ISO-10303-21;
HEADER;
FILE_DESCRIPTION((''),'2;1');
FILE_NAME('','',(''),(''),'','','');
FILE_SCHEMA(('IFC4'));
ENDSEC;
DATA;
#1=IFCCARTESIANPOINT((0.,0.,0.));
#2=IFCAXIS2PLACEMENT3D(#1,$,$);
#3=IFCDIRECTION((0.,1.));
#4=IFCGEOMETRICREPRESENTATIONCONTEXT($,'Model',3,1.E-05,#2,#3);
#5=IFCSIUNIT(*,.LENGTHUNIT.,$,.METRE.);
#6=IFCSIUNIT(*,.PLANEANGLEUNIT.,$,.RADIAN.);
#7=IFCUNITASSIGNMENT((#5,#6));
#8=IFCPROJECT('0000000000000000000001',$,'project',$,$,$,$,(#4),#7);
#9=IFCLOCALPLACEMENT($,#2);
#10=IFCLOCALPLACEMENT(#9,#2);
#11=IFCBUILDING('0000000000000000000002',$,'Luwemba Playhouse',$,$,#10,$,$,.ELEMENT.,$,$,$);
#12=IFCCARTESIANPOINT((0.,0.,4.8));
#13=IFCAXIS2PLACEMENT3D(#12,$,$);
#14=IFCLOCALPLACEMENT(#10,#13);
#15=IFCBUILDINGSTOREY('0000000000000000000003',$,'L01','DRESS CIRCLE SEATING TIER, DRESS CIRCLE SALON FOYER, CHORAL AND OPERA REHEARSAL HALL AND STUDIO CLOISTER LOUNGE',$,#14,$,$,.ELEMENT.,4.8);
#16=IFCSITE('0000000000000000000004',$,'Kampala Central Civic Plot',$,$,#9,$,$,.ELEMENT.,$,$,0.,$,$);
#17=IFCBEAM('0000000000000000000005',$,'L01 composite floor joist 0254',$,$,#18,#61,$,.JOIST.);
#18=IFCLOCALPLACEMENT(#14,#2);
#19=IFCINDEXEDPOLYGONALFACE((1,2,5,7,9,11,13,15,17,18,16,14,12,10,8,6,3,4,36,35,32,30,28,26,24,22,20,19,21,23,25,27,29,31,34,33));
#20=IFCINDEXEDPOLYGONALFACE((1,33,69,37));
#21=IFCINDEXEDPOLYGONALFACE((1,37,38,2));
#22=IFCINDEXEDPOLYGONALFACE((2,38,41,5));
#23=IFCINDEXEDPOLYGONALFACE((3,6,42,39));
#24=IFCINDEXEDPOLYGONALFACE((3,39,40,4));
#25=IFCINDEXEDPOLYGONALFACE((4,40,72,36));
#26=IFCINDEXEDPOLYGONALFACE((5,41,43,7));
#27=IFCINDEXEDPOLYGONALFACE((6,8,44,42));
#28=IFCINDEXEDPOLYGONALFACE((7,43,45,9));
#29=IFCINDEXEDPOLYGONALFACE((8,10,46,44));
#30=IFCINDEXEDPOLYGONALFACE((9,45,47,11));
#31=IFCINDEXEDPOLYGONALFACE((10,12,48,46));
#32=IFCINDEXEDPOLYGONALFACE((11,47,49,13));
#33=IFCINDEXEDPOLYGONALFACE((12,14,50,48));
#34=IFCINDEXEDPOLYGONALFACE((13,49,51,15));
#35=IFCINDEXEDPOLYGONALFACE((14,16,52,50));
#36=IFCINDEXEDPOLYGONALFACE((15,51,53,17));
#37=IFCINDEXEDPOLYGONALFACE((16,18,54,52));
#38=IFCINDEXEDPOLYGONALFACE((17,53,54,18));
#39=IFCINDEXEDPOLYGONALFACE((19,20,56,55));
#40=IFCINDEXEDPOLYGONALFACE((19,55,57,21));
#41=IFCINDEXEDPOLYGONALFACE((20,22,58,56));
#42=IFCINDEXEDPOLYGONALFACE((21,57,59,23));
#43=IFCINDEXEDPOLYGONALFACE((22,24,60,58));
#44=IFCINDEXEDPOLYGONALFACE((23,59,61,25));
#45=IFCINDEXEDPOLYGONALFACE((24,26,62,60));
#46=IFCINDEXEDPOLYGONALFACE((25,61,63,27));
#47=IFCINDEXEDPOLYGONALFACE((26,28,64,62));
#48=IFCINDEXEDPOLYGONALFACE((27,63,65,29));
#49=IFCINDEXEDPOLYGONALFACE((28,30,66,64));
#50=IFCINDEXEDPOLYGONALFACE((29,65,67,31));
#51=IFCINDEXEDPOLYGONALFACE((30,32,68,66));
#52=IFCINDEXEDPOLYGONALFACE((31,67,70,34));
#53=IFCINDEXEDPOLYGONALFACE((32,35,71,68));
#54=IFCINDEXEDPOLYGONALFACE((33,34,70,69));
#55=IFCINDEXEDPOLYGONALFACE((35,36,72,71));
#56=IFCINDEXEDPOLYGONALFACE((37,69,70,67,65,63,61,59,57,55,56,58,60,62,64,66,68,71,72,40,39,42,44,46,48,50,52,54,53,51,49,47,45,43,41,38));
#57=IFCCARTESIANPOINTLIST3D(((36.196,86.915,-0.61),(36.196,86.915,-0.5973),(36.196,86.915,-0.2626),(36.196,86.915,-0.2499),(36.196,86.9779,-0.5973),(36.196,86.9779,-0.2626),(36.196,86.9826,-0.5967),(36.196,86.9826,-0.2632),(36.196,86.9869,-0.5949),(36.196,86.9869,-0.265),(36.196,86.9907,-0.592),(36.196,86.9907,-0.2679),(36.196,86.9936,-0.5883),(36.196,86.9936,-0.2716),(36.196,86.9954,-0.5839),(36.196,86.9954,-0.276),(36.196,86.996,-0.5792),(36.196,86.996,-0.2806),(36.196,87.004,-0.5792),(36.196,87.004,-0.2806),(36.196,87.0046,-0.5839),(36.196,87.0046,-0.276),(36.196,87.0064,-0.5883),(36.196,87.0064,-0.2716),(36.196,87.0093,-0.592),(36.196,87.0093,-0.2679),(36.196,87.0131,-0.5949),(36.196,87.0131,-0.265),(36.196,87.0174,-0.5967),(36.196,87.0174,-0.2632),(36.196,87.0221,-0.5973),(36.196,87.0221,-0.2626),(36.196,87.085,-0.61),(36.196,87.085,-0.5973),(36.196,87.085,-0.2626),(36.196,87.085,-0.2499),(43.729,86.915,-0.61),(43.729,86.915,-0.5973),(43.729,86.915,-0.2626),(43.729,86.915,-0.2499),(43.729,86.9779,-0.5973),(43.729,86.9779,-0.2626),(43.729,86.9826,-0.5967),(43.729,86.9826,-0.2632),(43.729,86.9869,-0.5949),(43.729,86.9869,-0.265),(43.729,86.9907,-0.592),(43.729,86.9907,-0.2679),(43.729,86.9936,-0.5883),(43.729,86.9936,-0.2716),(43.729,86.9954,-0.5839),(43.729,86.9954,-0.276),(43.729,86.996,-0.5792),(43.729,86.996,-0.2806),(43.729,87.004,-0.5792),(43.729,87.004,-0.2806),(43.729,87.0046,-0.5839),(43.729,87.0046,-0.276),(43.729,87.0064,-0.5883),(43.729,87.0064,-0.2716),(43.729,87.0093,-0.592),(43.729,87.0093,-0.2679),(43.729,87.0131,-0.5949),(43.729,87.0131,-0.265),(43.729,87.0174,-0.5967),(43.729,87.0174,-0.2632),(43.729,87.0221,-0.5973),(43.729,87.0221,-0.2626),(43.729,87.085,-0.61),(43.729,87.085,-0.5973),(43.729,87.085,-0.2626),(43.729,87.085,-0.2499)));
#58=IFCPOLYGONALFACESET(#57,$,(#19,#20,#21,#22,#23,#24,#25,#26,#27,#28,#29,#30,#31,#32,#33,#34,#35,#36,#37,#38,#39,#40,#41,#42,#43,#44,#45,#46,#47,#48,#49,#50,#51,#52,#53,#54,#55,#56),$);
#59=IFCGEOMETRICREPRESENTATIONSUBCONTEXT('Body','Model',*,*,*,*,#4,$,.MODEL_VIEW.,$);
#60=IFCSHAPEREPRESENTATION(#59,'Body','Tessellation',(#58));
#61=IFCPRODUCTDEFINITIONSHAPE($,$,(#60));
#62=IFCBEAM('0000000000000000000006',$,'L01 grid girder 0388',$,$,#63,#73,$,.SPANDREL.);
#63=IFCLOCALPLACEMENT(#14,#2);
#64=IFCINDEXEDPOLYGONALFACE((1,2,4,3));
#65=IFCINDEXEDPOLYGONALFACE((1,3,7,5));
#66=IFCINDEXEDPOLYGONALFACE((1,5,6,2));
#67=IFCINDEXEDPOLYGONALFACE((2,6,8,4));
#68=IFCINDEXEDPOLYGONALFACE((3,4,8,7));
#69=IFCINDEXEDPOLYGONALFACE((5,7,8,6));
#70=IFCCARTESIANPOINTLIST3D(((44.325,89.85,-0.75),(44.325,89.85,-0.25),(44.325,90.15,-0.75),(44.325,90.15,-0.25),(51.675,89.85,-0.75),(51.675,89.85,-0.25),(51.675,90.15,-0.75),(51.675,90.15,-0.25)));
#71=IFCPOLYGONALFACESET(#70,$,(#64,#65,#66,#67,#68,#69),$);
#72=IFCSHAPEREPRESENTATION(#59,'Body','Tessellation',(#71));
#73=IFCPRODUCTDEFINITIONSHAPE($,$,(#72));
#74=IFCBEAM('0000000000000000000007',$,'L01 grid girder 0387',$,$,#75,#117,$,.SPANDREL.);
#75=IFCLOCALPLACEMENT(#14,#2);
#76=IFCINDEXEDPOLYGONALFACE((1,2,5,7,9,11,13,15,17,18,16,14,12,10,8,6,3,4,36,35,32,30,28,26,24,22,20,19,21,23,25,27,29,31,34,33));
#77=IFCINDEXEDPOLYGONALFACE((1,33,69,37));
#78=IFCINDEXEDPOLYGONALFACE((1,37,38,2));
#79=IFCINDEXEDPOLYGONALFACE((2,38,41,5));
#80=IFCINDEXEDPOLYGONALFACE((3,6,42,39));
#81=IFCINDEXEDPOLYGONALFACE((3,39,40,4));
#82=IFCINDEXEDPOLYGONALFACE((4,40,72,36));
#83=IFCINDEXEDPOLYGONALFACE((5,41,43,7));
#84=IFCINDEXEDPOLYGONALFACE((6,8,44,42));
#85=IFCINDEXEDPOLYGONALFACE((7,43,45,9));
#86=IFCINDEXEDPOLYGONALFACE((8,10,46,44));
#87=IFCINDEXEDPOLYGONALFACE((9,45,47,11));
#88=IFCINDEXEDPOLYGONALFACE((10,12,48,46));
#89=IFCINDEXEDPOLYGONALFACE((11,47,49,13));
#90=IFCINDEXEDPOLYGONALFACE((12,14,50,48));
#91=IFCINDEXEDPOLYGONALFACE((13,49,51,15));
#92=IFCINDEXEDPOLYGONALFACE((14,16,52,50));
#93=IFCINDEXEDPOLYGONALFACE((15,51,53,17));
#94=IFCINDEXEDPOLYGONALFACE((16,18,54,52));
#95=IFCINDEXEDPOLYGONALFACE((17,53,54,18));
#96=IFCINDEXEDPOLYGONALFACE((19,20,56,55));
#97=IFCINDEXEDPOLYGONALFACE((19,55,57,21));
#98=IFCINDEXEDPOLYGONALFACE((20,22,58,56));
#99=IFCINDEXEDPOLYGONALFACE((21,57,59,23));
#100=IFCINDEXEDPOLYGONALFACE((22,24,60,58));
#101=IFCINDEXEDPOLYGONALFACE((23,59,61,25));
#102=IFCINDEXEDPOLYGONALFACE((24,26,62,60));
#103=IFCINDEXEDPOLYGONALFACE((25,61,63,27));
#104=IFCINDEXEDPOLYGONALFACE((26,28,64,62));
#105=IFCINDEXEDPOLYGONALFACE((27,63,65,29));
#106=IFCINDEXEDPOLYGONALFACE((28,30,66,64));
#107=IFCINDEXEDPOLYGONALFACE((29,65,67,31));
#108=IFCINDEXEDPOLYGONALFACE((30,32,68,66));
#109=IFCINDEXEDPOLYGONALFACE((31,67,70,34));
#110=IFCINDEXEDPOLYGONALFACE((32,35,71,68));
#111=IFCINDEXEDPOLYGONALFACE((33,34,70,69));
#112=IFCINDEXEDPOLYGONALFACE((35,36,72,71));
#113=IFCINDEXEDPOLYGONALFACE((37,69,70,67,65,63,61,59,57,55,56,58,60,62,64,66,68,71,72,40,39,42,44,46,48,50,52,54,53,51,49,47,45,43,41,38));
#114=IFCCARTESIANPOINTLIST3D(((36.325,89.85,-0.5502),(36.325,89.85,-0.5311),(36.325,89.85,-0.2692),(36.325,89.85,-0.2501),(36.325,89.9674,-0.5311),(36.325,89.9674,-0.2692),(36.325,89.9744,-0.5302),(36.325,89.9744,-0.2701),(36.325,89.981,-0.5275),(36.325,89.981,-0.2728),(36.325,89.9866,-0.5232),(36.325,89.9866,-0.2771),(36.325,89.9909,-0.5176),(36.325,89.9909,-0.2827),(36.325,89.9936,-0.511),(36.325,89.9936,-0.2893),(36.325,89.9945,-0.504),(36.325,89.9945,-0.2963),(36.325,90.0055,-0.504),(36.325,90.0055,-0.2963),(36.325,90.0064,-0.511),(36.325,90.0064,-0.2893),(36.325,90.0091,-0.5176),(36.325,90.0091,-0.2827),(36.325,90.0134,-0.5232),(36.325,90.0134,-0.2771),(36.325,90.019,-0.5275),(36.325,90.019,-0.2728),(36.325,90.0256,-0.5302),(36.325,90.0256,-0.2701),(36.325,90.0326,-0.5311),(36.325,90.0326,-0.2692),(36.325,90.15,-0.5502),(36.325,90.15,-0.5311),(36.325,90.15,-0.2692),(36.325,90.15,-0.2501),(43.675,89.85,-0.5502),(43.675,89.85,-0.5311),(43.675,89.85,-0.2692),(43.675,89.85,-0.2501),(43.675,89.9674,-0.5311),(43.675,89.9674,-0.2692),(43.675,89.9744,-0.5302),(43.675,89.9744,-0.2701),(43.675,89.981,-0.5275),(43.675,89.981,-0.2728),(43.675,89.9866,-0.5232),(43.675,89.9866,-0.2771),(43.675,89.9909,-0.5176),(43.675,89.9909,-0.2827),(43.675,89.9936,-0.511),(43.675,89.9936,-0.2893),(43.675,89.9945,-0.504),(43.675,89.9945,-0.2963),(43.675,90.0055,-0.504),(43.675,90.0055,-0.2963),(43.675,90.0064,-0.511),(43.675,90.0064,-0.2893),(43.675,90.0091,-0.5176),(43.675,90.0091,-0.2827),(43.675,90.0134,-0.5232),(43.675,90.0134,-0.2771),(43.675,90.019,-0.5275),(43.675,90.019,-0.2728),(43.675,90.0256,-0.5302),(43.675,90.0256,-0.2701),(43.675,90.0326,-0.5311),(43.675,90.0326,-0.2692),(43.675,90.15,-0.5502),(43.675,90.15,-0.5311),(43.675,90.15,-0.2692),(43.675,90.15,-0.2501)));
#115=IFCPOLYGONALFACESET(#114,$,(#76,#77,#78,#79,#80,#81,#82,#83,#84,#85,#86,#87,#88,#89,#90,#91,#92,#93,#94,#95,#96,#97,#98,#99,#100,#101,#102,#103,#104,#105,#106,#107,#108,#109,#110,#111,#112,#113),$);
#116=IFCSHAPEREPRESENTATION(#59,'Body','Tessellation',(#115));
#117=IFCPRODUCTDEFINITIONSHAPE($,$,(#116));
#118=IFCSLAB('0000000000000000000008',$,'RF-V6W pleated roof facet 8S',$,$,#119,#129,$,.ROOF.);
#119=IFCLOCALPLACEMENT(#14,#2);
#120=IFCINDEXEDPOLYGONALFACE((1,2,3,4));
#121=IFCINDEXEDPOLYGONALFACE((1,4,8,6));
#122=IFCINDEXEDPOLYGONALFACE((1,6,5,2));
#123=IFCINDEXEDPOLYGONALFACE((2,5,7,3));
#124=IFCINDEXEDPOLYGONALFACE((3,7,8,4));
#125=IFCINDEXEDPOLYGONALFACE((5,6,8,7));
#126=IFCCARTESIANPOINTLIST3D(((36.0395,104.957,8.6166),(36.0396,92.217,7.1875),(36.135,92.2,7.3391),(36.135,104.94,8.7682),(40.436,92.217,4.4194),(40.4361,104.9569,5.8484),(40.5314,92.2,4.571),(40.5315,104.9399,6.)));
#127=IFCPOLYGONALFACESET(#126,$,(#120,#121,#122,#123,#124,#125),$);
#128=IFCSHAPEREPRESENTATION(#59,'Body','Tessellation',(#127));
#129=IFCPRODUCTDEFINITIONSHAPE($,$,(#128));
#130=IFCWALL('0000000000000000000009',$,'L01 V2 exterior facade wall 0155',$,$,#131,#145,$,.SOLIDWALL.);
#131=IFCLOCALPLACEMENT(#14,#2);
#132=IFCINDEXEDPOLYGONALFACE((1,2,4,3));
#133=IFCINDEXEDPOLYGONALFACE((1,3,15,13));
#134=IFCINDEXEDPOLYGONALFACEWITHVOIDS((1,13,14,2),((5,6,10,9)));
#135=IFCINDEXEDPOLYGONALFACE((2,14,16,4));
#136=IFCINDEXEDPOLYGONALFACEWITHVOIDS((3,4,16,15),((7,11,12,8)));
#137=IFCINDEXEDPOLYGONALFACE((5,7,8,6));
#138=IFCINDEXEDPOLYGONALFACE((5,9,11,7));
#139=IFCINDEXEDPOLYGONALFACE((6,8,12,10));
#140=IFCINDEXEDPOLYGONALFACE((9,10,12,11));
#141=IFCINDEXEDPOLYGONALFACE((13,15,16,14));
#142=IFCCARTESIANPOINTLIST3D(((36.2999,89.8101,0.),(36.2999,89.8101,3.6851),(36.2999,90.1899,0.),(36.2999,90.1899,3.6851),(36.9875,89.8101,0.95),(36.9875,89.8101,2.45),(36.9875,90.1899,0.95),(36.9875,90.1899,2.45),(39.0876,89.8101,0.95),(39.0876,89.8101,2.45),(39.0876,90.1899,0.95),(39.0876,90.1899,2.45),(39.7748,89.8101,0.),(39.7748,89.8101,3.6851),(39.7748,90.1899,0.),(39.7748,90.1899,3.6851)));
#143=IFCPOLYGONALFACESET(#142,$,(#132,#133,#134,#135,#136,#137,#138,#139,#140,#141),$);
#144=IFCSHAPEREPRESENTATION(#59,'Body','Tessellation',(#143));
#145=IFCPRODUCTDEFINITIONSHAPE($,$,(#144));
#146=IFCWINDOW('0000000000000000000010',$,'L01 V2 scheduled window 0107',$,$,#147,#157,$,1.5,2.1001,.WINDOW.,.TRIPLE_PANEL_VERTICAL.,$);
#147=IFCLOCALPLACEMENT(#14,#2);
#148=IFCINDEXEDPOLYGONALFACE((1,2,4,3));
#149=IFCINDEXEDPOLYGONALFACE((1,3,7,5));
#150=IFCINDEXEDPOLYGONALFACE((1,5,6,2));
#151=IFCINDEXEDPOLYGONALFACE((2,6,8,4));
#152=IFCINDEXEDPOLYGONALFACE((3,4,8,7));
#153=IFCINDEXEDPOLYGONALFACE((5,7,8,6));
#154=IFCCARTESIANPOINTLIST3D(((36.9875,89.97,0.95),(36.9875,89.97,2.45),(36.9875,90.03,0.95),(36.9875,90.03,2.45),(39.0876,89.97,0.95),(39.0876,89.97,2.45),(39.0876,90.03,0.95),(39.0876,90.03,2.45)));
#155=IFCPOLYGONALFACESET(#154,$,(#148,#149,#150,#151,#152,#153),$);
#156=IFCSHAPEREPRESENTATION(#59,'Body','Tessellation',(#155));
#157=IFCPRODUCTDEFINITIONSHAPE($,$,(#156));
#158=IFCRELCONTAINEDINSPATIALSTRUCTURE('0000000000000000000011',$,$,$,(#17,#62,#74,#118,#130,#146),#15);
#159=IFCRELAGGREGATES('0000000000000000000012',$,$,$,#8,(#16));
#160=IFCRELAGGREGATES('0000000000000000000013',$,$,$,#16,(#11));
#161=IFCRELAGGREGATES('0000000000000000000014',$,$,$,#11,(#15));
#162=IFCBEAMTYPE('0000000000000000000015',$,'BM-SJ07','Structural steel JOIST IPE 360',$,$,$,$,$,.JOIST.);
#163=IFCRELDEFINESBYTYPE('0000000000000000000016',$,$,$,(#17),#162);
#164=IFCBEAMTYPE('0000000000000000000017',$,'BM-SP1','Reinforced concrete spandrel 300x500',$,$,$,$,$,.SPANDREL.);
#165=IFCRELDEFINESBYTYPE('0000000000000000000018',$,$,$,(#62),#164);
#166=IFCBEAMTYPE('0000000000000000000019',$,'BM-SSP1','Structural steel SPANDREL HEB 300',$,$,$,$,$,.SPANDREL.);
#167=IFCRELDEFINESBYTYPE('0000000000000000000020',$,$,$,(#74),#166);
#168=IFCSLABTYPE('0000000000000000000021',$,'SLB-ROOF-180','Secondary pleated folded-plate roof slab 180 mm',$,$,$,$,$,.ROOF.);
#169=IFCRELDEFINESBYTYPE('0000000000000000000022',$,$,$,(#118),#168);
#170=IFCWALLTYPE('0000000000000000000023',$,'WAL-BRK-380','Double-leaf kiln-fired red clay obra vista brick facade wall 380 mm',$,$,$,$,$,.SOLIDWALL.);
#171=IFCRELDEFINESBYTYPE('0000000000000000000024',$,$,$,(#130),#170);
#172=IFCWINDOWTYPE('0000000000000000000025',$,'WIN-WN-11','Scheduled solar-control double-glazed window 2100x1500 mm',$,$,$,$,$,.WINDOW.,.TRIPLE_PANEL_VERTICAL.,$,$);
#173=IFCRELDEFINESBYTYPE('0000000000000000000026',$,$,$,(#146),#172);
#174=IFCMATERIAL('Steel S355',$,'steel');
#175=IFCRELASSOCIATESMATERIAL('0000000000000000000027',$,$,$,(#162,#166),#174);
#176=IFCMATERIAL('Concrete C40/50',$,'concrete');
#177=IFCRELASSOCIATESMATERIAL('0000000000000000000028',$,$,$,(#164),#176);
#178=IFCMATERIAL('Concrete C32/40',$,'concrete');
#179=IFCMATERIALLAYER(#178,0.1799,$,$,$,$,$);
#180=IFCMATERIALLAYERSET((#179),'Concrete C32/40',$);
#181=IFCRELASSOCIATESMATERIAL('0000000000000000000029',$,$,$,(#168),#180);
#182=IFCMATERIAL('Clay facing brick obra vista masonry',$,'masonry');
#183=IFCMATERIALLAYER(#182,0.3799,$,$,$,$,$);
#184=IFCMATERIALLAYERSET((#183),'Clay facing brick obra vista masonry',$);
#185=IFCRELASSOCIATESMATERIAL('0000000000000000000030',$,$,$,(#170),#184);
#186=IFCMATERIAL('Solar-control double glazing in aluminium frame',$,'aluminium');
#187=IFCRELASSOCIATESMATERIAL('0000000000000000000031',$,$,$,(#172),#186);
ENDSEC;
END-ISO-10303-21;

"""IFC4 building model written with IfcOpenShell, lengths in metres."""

from ifc_helpers import new_model, si_unit, direction, frame, frame_2d, origin, origin_2d, place, context, subcontext, project, spatial, polyline, rectangle, i_section, outline, extrude, material, layer, layer_set, material_profile, profile_set, type_object, element, fill, save


model = new_model("IFC4")

# Units and contexts
model_context = context("Model", 3, precision=1e-05, world=origin(), true_north=direction((0.0, 1.0)))
body_context = subcontext(model_context, "Body", "Model", "MODEL_VIEW")
ifc_project = project(units=[si_unit("LENGTHUNIT", "METRE"), si_unit("PLANEANGLEUNIT", "RADIAN")], contexts=[model_context])

# Site, building, storey
site_placement = place(None, origin())
site = spatial("IfcSite", under=ifc_project, at=site_placement, Name="Kampala Central Civic Plot", CompositionType="ELEMENT", RefElevation=0.0)
building_placement = place(site_placement, origin())
building = spatial("IfcBuilding", under=site, at=building_placement, Name="Luwemba Playhouse", CompositionType="ELEMENT")
storey_placement = place(building_placement, frame((0.0, 0.0, 4.8)))
storey = spatial("IfcBuildingStorey", under=building, at=storey_placement, Name="L01", Description="DRESS CIRCLE SEATING TIER, DRESS CIRCLE SALON FOYER, CHORAL AND OPERA REHEARSAL HALL AND STUDIO CLOISTER LOUNGE", CompositionType="ELEMENT", Elevation=4.8)

# Shared definitions
ifc_material_1 = material(Name="Concrete C40/50", Category="concrete")

# Beams
ifc_material_2 = material(Name="Steel S355", Category="steel")
ifc_material_profile_1 = material_profile(ifc_material_2, i_section(OverallWidth=0.1699, OverallDepth=0.3601, WebThickness=0.0081, FlangeThickness=0.0127, FilletRadius=0.0181, at=origin_2d()))
ifc_profile_set_1 = profile_set([ifc_material_profile_1], Name="Steel S355")
beam_type_1 = type_object("IfcBeamType", Name="BM-SJ07", Description="Structural steel JOIST IPE 360", PredefinedType="JOIST", material=ifc_profile_set_1)
beam_1_placement = place(storey_placement, frame((36.196, 87.0, -0.4299), z_axis=(1.0, 0.0, 0.0), x_axis=(0.0, 1.0, 0.0)))
element("IfcBeam", 1, at=beam_1_placement, inside=storey, type_object=beam_type_1, Name="L01 composite floor joist 0254", PredefinedType="JOIST", context=body_context, shape_type="SweptSolid", body=[
    extrude(i_section(OverallWidth=0.1699, OverallDepth=0.3601, WebThickness=0.0081, FlangeThickness=0.0127, FilletRadius=0.0181, at=origin_2d()), origin(), (0.0, 0.0, 1.0), 7.533),
])
ifc_material_profile_2 = material_profile(ifc_material_1, rectangle(XDim=0.3, YDim=0.5, at=origin_2d()))
ifc_profile_set_2 = profile_set([ifc_material_profile_2], Name="Concrete C40/50")
beam_type_2 = type_object("IfcBeamType", Name="BM-SP1", Description="Reinforced concrete spandrel 300x500", PredefinedType="SPANDREL", material=ifc_profile_set_2)
beam_2_placement = place(storey_placement, frame((44.325, 90.0, -0.5), z_axis=(1.0, 0.0, 0.0), x_axis=(0.0, 1.0, 0.0)))
element("IfcBeam", 2, at=beam_2_placement, inside=storey, type_object=beam_type_2, Name="L01 grid girder 0388", PredefinedType="SPANDREL", context=body_context, shape_type="SweptSolid", body=[
    extrude(rectangle(XDim=0.3, YDim=0.5, at=origin_2d()), origin(), (0.0, 0.0, 1.0), 7.3501),
])
ifc_material_profile_3 = material_profile(ifc_material_2, i_section(OverallWidth=0.3, OverallDepth=0.3, WebThickness=0.011, FlangeThickness=0.019, FilletRadius=0.0271, at=origin_2d()))
ifc_profile_set_3 = profile_set([ifc_material_profile_3], Name="Steel S355")
beam_type_3 = type_object("IfcBeamType", Name="BM-SSP1", Description="Structural steel SPANDREL HEB 300", PredefinedType="SPANDREL", material=ifc_profile_set_3)
beam_3_placement = place(storey_placement, frame((36.325, 90.0, -0.4001), z_axis=(1.0, 0.0, 0.0), x_axis=(0.0, 1.0, 0.0)))
element("IfcBeam", 3, at=beam_3_placement, inside=storey, type_object=beam_type_3, Name="L01 grid girder 0387", PredefinedType="SPANDREL", context=body_context, shape_type="SweptSolid", body=[
    extrude(i_section(OverallWidth=0.3, OverallDepth=0.3, WebThickness=0.011, FlangeThickness=0.019, FilletRadius=0.0271, at=origin_2d()), origin(), (0.0, 0.0, 1.0), 7.3501),
])

# Slab
ifc_material_3 = material(Name="Concrete C32/40", Category="concrete")
ifc_layer_1 = layer(ifc_material_3, 0.1799)
ifc_layer_set_1 = layer_set([ifc_layer_1], Name="Concrete C32/40")
slab_type = type_object("IfcSlabType", Name="SLB-ROOF-180", Description="Secondary pleated folded-plate roof slab 180 mm", PredefinedType="ROOF", material=ifc_layer_set_1)
slab_placement = place(storey_placement, frame((36.135, 92.2, 7.3391), z_axis=(0.530433, -0.094499, 0.842443), x_axis=(0.84623, 0.000002, -0.532817)))
element("IfcSlab", 4, at=slab_placement, inside=storey, type_object=slab_type, Name="RF-V6W pleated roof facet 8S", PredefinedType="ROOF", context=body_context, shape_type="SweptSolid", body=[
    extrude(outline(polyline([(0.0, 0.0), (5.1953, 0.0), (4.434, 12.7973), (-0.7615, 12.7973), (0.0, 0.0)])), origin(), (0.0, 0.0, -1.0), 0.1799),
])

# Wall, opening, window
ifc_material_4 = material(Name="Clay facing brick obra vista masonry", Category="masonry")
ifc_layer_2 = layer(ifc_material_4, 0.3799)
ifc_layer_set_2 = layer_set([ifc_layer_2], Name="Clay facing brick obra vista masonry")
wall_type_1 = type_object("IfcWallType", Name="WAL-BRK-380", Description="Double-leaf kiln-fired red clay obra vista brick facade wall 380 mm", PredefinedType="SOLIDWALL", material=ifc_layer_set_2)
wall_1_placement = place(storey_placement, frame((36.3, 90.0, 0.0), z_axis=(0.0, 0.0, 1.0), x_axis=(1.0, 0.0, 0.0)))
wall_1 = element("IfcWall", 5, at=wall_1_placement, inside=storey, type_object=wall_type_1, Name="L01 V2 exterior facade wall 0155", PredefinedType="SOLIDWALL", context=body_context, shape_type="SweptSolid", body=[
    extrude(rectangle(XDim=3.4749, YDim=0.3799, at=frame_2d((1.7373, 0.0))), origin(), (0.0, 0.0, 1.0), 3.6851),
])
opening_1_placement = place(wall_1_placement, frame((0.6875, 0.0, 0.95)))
opening_1 = element("IfcOpeningElement", 6, at=opening_1_placement, cuts=wall_1, PredefinedType="OPENING", context=body_context, shape_type="SweptSolid", body=[
    extrude(rectangle(XDim=2.1001, YDim=1.5, at=frame_2d((1.05, 0.75))), frame((0.0, 0.2, 0.0), z_axis=(0.0, -1.0, 0.0), x_axis=(1.0, 0.0, 0.0)), (0.0, 0.0, 1.0), 0.3999),
])
ifc_material_5 = material(Name="Solar-control double glazing in aluminium frame", Category="aluminium")
window_type_1 = type_object("IfcWindowType", Name="WIN-WN-11", Description="Scheduled solar-control double-glazed window 2100x1500 mm", PartitioningType="TRIPLE_PANEL_VERTICAL", PredefinedType="WINDOW", material=ifc_material_5)
window_1_placement = place(opening_1_placement, origin())
window_1 = element("IfcWindow", 7, at=window_1_placement, inside=storey, type_object=window_type_1, Name="L01 V2 scheduled window 0107", OverallHeight=1.5, OverallWidth=2.1001, PartitioningType="TRIPLE_PANEL_VERTICAL", PredefinedType="WINDOW", context=body_context, shape_type="SweptSolid", body=[
    extrude(rectangle(XDim=2.1001, YDim=1.5, at=frame_2d((1.05, 0.75))), frame((0.0, 0.03, 0.0), z_axis=(0.0, -1.0, 0.0), x_axis=(1.0, 0.0, 0.0)), (0.0, 0.0, 1.0), 0.0601),
])
fill(opening_1, window_1)

save(model, "model.ifc")
